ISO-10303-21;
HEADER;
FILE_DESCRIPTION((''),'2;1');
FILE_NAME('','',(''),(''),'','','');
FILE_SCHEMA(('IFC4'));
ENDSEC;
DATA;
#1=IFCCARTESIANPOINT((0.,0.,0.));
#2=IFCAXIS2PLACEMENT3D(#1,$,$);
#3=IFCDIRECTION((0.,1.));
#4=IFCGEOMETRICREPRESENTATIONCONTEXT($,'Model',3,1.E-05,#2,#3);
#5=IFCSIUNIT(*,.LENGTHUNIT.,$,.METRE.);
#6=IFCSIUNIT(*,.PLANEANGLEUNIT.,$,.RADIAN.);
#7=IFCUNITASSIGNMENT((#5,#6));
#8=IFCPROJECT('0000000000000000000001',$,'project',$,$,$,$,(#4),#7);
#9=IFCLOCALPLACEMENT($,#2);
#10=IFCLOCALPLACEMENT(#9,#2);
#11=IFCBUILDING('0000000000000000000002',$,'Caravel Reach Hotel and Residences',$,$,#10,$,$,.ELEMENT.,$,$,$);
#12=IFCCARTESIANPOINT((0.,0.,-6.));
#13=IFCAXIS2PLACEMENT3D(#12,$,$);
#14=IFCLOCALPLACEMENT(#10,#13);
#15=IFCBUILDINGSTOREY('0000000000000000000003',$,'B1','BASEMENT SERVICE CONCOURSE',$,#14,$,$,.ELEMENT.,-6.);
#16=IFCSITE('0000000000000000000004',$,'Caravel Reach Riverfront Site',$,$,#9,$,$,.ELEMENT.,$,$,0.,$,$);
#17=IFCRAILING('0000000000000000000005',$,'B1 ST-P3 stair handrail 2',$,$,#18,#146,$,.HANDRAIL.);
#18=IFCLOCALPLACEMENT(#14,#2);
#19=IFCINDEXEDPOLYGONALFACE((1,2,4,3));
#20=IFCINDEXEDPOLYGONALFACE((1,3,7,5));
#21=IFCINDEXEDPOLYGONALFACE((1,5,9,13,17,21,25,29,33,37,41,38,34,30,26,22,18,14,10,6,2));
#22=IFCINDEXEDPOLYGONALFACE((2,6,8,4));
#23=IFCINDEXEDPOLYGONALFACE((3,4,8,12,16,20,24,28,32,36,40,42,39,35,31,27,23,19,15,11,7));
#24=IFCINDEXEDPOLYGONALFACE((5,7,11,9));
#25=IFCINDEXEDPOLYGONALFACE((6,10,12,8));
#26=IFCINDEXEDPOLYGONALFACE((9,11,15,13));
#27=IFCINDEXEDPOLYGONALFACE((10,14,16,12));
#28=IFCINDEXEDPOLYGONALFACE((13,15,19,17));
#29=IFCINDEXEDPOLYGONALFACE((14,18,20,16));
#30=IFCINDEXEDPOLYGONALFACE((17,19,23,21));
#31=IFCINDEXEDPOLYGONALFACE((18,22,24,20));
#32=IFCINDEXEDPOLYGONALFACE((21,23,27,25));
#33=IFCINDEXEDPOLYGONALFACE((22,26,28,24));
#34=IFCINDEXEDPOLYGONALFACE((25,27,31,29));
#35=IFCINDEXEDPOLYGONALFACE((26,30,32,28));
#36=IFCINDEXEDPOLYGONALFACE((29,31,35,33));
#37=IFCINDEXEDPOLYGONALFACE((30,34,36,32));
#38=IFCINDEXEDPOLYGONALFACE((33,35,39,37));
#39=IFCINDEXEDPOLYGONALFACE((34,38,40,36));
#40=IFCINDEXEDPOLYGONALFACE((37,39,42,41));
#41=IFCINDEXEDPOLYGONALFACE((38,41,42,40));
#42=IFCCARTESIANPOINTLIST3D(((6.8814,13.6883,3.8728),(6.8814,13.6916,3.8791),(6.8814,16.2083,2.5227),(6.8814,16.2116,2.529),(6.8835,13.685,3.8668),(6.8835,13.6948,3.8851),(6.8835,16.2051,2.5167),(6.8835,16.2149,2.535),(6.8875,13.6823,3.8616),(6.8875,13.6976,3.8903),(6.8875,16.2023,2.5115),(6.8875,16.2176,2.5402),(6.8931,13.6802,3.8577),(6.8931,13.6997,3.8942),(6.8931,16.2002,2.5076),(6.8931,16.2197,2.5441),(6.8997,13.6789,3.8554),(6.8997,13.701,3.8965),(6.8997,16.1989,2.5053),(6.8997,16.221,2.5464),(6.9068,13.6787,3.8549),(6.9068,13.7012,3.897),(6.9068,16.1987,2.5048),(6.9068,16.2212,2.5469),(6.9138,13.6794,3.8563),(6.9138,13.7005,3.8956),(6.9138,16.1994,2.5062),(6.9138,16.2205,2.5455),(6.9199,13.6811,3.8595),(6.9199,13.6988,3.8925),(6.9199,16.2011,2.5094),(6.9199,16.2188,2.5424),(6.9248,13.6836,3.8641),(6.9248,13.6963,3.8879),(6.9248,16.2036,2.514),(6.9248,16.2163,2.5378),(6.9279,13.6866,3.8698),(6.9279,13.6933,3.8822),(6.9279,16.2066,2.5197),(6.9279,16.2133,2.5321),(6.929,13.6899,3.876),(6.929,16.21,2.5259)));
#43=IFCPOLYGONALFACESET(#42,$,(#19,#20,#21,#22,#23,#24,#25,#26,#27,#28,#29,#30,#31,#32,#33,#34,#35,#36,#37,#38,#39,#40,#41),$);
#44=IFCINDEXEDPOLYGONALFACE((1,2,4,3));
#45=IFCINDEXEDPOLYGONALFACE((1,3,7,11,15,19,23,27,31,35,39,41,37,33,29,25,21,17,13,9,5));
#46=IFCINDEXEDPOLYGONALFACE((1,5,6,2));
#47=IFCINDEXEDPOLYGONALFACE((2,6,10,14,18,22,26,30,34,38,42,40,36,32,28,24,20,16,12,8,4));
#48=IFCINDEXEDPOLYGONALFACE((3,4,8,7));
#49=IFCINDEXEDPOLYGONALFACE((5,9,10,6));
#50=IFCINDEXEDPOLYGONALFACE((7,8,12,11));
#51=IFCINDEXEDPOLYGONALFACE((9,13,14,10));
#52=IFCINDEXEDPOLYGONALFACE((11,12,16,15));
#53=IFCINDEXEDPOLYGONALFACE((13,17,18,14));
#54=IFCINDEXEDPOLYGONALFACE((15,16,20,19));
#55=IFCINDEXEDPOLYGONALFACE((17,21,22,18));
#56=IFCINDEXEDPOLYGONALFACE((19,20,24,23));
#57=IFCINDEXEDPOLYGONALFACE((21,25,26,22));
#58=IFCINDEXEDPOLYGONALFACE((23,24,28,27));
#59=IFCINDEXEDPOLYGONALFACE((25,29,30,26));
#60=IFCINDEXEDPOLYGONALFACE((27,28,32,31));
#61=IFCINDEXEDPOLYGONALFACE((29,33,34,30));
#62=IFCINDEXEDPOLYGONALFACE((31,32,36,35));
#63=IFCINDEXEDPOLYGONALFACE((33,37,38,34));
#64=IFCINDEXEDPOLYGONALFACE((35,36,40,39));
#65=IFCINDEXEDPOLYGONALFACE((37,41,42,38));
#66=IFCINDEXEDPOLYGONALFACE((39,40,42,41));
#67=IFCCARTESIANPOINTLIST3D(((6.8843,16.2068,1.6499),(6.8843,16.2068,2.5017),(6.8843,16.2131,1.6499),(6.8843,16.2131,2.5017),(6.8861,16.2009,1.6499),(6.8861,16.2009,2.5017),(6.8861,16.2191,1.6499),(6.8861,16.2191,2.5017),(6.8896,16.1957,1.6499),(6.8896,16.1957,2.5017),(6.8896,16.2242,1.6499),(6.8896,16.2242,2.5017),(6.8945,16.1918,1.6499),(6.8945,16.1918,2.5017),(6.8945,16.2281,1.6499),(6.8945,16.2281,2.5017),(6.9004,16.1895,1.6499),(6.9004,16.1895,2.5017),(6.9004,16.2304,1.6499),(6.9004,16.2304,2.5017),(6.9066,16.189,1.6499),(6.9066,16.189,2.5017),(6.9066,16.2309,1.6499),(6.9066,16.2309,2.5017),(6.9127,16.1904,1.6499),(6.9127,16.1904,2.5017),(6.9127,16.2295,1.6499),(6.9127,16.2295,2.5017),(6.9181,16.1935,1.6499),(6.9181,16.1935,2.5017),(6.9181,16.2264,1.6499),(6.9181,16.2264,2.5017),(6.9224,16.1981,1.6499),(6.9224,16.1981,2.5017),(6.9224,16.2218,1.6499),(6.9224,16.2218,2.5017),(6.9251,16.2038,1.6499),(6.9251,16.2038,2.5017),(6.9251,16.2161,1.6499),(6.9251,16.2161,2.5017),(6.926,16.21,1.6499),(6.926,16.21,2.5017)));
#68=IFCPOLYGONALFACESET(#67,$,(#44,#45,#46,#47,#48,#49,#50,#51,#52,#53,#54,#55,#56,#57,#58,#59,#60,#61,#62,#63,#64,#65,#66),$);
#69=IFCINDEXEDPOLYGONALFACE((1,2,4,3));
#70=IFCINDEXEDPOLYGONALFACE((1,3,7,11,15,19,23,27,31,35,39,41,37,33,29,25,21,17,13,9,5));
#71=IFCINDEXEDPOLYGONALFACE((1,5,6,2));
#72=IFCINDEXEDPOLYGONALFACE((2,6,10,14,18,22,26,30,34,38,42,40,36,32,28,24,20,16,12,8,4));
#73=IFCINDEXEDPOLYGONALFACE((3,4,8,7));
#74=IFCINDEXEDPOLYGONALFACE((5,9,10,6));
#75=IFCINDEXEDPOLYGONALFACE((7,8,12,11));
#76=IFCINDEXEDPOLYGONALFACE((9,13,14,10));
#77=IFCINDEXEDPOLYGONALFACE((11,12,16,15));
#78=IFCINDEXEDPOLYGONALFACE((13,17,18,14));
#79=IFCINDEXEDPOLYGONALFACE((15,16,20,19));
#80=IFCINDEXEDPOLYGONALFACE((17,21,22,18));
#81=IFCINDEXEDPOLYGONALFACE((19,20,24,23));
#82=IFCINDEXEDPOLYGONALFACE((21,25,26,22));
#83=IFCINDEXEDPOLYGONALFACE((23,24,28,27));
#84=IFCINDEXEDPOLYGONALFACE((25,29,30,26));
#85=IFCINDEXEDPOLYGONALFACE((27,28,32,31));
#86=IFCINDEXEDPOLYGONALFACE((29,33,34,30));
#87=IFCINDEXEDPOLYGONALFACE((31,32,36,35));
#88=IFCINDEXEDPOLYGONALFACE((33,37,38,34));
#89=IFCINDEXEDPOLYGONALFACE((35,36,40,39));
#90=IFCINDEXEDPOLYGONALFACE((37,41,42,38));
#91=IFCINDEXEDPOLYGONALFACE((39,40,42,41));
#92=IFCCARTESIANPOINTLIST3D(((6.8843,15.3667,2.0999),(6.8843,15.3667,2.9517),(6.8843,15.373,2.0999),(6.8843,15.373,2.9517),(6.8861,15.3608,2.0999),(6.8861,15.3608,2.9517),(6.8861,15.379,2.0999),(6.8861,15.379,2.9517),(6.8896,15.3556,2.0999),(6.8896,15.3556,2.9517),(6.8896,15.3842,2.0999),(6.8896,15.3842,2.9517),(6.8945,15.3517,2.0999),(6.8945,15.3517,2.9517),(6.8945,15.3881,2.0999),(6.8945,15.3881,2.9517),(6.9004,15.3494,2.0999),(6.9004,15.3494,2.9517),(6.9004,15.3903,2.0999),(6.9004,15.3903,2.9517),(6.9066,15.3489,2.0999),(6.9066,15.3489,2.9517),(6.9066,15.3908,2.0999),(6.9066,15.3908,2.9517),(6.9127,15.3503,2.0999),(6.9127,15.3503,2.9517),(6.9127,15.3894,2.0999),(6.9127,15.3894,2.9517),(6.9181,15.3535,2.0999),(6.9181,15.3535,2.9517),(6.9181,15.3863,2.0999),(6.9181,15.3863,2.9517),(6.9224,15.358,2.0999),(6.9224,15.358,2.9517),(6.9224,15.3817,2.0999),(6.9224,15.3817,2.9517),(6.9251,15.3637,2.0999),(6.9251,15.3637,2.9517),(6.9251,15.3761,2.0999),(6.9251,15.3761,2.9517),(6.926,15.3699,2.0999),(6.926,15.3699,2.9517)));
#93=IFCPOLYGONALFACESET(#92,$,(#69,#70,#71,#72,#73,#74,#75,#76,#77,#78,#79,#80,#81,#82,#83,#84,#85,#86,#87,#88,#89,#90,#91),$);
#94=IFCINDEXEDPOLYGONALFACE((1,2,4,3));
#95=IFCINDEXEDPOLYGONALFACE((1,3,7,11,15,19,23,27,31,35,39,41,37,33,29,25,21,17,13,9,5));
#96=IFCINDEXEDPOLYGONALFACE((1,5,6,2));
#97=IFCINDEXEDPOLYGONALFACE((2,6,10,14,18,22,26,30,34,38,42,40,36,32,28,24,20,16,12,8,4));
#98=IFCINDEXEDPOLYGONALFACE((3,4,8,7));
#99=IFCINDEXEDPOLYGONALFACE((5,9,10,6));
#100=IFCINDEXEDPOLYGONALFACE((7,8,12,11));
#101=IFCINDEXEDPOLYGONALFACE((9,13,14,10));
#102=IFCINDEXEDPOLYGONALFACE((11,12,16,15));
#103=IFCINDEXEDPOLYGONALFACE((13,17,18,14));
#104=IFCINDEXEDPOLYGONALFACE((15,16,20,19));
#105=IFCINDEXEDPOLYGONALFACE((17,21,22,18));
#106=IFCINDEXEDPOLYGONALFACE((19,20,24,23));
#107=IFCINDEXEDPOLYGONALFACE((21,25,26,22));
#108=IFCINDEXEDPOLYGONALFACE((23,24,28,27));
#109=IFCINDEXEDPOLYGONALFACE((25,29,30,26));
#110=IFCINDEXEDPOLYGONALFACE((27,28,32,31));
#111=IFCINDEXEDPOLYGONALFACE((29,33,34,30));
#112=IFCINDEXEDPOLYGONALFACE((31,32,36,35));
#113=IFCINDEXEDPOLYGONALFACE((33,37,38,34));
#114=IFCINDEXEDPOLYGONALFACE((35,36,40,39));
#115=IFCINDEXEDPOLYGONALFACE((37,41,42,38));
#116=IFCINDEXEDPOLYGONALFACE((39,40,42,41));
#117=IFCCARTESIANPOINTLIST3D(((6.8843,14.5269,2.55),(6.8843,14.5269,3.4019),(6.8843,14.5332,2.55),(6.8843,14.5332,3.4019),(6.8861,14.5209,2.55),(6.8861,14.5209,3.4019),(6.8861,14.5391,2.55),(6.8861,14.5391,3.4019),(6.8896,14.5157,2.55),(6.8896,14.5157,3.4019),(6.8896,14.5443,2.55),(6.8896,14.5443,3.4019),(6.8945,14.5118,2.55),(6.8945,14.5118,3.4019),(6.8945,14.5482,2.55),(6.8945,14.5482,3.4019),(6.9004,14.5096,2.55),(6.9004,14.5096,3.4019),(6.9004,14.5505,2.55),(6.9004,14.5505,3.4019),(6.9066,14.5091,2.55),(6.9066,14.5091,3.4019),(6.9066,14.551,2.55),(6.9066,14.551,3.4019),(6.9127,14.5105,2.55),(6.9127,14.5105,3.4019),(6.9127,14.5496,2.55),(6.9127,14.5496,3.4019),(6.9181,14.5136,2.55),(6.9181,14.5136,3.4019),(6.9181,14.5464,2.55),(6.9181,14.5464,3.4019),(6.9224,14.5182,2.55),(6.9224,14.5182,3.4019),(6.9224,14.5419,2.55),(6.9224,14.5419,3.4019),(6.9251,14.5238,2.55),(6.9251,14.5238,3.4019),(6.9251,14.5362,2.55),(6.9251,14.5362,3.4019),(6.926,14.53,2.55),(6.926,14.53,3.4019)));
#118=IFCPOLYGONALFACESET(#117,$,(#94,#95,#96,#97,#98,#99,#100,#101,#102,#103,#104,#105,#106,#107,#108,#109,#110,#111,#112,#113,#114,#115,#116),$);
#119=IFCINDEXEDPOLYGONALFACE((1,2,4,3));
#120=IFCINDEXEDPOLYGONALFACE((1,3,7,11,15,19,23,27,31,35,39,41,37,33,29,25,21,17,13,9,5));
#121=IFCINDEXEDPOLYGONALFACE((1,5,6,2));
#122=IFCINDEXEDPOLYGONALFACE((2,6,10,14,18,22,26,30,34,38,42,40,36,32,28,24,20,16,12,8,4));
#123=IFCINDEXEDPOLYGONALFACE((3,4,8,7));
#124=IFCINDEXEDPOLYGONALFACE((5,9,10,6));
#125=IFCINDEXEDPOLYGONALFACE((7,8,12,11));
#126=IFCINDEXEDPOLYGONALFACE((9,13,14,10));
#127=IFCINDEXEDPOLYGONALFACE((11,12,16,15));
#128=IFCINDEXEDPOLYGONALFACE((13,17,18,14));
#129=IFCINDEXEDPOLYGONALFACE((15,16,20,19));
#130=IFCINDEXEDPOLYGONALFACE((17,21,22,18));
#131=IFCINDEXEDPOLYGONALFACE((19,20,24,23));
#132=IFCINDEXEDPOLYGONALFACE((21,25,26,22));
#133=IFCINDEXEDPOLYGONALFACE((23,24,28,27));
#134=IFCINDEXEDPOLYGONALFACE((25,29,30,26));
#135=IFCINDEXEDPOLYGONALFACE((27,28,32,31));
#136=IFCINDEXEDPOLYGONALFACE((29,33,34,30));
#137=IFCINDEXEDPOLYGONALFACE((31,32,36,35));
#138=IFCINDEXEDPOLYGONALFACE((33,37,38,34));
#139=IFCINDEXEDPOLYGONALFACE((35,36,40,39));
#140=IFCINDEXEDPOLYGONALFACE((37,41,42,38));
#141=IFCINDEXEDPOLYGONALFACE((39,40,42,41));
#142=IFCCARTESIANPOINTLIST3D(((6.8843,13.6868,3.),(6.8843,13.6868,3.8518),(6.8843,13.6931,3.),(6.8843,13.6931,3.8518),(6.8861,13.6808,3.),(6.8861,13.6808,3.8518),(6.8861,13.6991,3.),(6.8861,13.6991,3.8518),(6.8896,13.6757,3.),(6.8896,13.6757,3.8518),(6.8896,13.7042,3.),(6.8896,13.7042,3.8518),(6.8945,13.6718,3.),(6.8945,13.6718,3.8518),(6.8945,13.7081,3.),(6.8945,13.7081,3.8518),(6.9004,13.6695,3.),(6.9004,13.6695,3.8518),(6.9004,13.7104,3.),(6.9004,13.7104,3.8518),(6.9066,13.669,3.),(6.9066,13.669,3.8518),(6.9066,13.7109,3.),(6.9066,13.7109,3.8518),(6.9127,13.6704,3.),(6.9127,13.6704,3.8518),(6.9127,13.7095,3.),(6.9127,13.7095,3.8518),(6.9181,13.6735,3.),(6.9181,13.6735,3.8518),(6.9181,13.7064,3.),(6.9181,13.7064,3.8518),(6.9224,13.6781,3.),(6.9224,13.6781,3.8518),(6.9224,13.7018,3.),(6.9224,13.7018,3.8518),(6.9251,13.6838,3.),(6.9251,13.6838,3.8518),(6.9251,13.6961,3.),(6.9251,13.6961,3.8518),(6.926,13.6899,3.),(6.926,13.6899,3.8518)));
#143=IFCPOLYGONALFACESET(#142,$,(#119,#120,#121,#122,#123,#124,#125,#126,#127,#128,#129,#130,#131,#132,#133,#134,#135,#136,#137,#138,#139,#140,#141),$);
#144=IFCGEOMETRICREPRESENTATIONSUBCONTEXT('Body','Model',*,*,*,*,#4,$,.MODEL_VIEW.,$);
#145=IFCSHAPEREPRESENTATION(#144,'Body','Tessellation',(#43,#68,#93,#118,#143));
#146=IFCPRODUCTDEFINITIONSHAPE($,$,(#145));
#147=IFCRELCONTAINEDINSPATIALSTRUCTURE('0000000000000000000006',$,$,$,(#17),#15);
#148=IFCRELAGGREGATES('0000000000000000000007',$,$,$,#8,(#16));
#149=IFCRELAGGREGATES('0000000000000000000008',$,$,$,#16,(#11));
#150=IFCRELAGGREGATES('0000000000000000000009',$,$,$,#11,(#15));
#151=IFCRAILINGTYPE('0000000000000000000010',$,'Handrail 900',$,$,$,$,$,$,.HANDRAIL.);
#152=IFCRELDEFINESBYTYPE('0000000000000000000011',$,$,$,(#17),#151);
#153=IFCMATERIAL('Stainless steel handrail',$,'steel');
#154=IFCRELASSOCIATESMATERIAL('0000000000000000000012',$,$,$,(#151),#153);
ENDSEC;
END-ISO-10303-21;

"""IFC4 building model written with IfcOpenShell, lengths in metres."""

from ifc_helpers import new_model, si_unit, direction, frame, origin, origin_2d, place, context, subcontext, project, spatial, circle, extrude, material, type_object, element, save


model = new_model("IFC4")

# Units and contexts
model_context = context("Model", 3, precision=1e-05, world=origin(), true_north=direction((0.0, 1.0)))
body_context = subcontext(model_context, "Body", "Model", "MODEL_VIEW")
ifc_project = project(units=[si_unit("LENGTHUNIT", "METRE"), si_unit("PLANEANGLEUNIT", "RADIAN")], contexts=[model_context])

# Site, building, storey
site_placement = place(None, origin())
site = spatial("IfcSite", under=ifc_project, at=site_placement, Name="Caravel Reach Riverfront Site", CompositionType="ELEMENT", RefElevation=0.0)
building_placement = place(site_placement, origin())
building = spatial("IfcBuilding", under=site, at=building_placement, Name="Caravel Reach Hotel and Residences", CompositionType="ELEMENT")
storey_placement = place(building_placement, frame((0.0, 0.0, -6.0)))
storey = spatial("IfcBuildingStorey", under=building, at=storey_placement, Name="B1", Description="BASEMENT SERVICE CONCOURSE", CompositionType="ELEMENT", Elevation=-6.0)

# Railing
ifc_material_1 = material(Name="Stainless steel handrail", Category="steel")
railing_type_1 = type_object("IfcRailingType", Name="Handrail 900", PredefinedType="HANDRAIL", material=ifc_material_1)
for number, where, name in (
    (1, (6.905, 16.21, 1.6499), "B1 ST-P3 stair handrail 2"),
):
    element("IfcRailing", number, at=place(storey_placement, frame(where)), inside=storey, type_object=railing_type_1, Name=name, PredefinedType="HANDRAIL", context=body_context, shape_type="SweptSolid", body=[
        extrude(circle(Radius=0.0239, at=origin_2d()), frame((0.0, 0.0, 0.876), z_axis=(0.0, -0.881467, 0.472245), x_axis=(1.0, 0.0, 0.0)), (0.0, 0.0, 1.0), 2.8589),
        extrude(circle(Radius=0.021, at=origin_2d()), origin(), (0.0, 0.0, 1.0), 0.8518),
        extrude(circle(Radius=0.021, at=origin_2d()), frame((0.0, -0.8401, 0.45)), (0.0, 0.0, 1.0), 0.8518),
        extrude(circle(Radius=0.021, at=origin_2d()), frame((0.0, -1.6799, 0.9001)), (0.0, 0.0, 1.0), 0.8518),
        extrude(circle(Radius=0.021, at=origin_2d()), frame((0.0, -2.52, 1.3501)), (0.0, 0.0, 1.0), 0.8518),
    ])

save(model, "model.ifc")
